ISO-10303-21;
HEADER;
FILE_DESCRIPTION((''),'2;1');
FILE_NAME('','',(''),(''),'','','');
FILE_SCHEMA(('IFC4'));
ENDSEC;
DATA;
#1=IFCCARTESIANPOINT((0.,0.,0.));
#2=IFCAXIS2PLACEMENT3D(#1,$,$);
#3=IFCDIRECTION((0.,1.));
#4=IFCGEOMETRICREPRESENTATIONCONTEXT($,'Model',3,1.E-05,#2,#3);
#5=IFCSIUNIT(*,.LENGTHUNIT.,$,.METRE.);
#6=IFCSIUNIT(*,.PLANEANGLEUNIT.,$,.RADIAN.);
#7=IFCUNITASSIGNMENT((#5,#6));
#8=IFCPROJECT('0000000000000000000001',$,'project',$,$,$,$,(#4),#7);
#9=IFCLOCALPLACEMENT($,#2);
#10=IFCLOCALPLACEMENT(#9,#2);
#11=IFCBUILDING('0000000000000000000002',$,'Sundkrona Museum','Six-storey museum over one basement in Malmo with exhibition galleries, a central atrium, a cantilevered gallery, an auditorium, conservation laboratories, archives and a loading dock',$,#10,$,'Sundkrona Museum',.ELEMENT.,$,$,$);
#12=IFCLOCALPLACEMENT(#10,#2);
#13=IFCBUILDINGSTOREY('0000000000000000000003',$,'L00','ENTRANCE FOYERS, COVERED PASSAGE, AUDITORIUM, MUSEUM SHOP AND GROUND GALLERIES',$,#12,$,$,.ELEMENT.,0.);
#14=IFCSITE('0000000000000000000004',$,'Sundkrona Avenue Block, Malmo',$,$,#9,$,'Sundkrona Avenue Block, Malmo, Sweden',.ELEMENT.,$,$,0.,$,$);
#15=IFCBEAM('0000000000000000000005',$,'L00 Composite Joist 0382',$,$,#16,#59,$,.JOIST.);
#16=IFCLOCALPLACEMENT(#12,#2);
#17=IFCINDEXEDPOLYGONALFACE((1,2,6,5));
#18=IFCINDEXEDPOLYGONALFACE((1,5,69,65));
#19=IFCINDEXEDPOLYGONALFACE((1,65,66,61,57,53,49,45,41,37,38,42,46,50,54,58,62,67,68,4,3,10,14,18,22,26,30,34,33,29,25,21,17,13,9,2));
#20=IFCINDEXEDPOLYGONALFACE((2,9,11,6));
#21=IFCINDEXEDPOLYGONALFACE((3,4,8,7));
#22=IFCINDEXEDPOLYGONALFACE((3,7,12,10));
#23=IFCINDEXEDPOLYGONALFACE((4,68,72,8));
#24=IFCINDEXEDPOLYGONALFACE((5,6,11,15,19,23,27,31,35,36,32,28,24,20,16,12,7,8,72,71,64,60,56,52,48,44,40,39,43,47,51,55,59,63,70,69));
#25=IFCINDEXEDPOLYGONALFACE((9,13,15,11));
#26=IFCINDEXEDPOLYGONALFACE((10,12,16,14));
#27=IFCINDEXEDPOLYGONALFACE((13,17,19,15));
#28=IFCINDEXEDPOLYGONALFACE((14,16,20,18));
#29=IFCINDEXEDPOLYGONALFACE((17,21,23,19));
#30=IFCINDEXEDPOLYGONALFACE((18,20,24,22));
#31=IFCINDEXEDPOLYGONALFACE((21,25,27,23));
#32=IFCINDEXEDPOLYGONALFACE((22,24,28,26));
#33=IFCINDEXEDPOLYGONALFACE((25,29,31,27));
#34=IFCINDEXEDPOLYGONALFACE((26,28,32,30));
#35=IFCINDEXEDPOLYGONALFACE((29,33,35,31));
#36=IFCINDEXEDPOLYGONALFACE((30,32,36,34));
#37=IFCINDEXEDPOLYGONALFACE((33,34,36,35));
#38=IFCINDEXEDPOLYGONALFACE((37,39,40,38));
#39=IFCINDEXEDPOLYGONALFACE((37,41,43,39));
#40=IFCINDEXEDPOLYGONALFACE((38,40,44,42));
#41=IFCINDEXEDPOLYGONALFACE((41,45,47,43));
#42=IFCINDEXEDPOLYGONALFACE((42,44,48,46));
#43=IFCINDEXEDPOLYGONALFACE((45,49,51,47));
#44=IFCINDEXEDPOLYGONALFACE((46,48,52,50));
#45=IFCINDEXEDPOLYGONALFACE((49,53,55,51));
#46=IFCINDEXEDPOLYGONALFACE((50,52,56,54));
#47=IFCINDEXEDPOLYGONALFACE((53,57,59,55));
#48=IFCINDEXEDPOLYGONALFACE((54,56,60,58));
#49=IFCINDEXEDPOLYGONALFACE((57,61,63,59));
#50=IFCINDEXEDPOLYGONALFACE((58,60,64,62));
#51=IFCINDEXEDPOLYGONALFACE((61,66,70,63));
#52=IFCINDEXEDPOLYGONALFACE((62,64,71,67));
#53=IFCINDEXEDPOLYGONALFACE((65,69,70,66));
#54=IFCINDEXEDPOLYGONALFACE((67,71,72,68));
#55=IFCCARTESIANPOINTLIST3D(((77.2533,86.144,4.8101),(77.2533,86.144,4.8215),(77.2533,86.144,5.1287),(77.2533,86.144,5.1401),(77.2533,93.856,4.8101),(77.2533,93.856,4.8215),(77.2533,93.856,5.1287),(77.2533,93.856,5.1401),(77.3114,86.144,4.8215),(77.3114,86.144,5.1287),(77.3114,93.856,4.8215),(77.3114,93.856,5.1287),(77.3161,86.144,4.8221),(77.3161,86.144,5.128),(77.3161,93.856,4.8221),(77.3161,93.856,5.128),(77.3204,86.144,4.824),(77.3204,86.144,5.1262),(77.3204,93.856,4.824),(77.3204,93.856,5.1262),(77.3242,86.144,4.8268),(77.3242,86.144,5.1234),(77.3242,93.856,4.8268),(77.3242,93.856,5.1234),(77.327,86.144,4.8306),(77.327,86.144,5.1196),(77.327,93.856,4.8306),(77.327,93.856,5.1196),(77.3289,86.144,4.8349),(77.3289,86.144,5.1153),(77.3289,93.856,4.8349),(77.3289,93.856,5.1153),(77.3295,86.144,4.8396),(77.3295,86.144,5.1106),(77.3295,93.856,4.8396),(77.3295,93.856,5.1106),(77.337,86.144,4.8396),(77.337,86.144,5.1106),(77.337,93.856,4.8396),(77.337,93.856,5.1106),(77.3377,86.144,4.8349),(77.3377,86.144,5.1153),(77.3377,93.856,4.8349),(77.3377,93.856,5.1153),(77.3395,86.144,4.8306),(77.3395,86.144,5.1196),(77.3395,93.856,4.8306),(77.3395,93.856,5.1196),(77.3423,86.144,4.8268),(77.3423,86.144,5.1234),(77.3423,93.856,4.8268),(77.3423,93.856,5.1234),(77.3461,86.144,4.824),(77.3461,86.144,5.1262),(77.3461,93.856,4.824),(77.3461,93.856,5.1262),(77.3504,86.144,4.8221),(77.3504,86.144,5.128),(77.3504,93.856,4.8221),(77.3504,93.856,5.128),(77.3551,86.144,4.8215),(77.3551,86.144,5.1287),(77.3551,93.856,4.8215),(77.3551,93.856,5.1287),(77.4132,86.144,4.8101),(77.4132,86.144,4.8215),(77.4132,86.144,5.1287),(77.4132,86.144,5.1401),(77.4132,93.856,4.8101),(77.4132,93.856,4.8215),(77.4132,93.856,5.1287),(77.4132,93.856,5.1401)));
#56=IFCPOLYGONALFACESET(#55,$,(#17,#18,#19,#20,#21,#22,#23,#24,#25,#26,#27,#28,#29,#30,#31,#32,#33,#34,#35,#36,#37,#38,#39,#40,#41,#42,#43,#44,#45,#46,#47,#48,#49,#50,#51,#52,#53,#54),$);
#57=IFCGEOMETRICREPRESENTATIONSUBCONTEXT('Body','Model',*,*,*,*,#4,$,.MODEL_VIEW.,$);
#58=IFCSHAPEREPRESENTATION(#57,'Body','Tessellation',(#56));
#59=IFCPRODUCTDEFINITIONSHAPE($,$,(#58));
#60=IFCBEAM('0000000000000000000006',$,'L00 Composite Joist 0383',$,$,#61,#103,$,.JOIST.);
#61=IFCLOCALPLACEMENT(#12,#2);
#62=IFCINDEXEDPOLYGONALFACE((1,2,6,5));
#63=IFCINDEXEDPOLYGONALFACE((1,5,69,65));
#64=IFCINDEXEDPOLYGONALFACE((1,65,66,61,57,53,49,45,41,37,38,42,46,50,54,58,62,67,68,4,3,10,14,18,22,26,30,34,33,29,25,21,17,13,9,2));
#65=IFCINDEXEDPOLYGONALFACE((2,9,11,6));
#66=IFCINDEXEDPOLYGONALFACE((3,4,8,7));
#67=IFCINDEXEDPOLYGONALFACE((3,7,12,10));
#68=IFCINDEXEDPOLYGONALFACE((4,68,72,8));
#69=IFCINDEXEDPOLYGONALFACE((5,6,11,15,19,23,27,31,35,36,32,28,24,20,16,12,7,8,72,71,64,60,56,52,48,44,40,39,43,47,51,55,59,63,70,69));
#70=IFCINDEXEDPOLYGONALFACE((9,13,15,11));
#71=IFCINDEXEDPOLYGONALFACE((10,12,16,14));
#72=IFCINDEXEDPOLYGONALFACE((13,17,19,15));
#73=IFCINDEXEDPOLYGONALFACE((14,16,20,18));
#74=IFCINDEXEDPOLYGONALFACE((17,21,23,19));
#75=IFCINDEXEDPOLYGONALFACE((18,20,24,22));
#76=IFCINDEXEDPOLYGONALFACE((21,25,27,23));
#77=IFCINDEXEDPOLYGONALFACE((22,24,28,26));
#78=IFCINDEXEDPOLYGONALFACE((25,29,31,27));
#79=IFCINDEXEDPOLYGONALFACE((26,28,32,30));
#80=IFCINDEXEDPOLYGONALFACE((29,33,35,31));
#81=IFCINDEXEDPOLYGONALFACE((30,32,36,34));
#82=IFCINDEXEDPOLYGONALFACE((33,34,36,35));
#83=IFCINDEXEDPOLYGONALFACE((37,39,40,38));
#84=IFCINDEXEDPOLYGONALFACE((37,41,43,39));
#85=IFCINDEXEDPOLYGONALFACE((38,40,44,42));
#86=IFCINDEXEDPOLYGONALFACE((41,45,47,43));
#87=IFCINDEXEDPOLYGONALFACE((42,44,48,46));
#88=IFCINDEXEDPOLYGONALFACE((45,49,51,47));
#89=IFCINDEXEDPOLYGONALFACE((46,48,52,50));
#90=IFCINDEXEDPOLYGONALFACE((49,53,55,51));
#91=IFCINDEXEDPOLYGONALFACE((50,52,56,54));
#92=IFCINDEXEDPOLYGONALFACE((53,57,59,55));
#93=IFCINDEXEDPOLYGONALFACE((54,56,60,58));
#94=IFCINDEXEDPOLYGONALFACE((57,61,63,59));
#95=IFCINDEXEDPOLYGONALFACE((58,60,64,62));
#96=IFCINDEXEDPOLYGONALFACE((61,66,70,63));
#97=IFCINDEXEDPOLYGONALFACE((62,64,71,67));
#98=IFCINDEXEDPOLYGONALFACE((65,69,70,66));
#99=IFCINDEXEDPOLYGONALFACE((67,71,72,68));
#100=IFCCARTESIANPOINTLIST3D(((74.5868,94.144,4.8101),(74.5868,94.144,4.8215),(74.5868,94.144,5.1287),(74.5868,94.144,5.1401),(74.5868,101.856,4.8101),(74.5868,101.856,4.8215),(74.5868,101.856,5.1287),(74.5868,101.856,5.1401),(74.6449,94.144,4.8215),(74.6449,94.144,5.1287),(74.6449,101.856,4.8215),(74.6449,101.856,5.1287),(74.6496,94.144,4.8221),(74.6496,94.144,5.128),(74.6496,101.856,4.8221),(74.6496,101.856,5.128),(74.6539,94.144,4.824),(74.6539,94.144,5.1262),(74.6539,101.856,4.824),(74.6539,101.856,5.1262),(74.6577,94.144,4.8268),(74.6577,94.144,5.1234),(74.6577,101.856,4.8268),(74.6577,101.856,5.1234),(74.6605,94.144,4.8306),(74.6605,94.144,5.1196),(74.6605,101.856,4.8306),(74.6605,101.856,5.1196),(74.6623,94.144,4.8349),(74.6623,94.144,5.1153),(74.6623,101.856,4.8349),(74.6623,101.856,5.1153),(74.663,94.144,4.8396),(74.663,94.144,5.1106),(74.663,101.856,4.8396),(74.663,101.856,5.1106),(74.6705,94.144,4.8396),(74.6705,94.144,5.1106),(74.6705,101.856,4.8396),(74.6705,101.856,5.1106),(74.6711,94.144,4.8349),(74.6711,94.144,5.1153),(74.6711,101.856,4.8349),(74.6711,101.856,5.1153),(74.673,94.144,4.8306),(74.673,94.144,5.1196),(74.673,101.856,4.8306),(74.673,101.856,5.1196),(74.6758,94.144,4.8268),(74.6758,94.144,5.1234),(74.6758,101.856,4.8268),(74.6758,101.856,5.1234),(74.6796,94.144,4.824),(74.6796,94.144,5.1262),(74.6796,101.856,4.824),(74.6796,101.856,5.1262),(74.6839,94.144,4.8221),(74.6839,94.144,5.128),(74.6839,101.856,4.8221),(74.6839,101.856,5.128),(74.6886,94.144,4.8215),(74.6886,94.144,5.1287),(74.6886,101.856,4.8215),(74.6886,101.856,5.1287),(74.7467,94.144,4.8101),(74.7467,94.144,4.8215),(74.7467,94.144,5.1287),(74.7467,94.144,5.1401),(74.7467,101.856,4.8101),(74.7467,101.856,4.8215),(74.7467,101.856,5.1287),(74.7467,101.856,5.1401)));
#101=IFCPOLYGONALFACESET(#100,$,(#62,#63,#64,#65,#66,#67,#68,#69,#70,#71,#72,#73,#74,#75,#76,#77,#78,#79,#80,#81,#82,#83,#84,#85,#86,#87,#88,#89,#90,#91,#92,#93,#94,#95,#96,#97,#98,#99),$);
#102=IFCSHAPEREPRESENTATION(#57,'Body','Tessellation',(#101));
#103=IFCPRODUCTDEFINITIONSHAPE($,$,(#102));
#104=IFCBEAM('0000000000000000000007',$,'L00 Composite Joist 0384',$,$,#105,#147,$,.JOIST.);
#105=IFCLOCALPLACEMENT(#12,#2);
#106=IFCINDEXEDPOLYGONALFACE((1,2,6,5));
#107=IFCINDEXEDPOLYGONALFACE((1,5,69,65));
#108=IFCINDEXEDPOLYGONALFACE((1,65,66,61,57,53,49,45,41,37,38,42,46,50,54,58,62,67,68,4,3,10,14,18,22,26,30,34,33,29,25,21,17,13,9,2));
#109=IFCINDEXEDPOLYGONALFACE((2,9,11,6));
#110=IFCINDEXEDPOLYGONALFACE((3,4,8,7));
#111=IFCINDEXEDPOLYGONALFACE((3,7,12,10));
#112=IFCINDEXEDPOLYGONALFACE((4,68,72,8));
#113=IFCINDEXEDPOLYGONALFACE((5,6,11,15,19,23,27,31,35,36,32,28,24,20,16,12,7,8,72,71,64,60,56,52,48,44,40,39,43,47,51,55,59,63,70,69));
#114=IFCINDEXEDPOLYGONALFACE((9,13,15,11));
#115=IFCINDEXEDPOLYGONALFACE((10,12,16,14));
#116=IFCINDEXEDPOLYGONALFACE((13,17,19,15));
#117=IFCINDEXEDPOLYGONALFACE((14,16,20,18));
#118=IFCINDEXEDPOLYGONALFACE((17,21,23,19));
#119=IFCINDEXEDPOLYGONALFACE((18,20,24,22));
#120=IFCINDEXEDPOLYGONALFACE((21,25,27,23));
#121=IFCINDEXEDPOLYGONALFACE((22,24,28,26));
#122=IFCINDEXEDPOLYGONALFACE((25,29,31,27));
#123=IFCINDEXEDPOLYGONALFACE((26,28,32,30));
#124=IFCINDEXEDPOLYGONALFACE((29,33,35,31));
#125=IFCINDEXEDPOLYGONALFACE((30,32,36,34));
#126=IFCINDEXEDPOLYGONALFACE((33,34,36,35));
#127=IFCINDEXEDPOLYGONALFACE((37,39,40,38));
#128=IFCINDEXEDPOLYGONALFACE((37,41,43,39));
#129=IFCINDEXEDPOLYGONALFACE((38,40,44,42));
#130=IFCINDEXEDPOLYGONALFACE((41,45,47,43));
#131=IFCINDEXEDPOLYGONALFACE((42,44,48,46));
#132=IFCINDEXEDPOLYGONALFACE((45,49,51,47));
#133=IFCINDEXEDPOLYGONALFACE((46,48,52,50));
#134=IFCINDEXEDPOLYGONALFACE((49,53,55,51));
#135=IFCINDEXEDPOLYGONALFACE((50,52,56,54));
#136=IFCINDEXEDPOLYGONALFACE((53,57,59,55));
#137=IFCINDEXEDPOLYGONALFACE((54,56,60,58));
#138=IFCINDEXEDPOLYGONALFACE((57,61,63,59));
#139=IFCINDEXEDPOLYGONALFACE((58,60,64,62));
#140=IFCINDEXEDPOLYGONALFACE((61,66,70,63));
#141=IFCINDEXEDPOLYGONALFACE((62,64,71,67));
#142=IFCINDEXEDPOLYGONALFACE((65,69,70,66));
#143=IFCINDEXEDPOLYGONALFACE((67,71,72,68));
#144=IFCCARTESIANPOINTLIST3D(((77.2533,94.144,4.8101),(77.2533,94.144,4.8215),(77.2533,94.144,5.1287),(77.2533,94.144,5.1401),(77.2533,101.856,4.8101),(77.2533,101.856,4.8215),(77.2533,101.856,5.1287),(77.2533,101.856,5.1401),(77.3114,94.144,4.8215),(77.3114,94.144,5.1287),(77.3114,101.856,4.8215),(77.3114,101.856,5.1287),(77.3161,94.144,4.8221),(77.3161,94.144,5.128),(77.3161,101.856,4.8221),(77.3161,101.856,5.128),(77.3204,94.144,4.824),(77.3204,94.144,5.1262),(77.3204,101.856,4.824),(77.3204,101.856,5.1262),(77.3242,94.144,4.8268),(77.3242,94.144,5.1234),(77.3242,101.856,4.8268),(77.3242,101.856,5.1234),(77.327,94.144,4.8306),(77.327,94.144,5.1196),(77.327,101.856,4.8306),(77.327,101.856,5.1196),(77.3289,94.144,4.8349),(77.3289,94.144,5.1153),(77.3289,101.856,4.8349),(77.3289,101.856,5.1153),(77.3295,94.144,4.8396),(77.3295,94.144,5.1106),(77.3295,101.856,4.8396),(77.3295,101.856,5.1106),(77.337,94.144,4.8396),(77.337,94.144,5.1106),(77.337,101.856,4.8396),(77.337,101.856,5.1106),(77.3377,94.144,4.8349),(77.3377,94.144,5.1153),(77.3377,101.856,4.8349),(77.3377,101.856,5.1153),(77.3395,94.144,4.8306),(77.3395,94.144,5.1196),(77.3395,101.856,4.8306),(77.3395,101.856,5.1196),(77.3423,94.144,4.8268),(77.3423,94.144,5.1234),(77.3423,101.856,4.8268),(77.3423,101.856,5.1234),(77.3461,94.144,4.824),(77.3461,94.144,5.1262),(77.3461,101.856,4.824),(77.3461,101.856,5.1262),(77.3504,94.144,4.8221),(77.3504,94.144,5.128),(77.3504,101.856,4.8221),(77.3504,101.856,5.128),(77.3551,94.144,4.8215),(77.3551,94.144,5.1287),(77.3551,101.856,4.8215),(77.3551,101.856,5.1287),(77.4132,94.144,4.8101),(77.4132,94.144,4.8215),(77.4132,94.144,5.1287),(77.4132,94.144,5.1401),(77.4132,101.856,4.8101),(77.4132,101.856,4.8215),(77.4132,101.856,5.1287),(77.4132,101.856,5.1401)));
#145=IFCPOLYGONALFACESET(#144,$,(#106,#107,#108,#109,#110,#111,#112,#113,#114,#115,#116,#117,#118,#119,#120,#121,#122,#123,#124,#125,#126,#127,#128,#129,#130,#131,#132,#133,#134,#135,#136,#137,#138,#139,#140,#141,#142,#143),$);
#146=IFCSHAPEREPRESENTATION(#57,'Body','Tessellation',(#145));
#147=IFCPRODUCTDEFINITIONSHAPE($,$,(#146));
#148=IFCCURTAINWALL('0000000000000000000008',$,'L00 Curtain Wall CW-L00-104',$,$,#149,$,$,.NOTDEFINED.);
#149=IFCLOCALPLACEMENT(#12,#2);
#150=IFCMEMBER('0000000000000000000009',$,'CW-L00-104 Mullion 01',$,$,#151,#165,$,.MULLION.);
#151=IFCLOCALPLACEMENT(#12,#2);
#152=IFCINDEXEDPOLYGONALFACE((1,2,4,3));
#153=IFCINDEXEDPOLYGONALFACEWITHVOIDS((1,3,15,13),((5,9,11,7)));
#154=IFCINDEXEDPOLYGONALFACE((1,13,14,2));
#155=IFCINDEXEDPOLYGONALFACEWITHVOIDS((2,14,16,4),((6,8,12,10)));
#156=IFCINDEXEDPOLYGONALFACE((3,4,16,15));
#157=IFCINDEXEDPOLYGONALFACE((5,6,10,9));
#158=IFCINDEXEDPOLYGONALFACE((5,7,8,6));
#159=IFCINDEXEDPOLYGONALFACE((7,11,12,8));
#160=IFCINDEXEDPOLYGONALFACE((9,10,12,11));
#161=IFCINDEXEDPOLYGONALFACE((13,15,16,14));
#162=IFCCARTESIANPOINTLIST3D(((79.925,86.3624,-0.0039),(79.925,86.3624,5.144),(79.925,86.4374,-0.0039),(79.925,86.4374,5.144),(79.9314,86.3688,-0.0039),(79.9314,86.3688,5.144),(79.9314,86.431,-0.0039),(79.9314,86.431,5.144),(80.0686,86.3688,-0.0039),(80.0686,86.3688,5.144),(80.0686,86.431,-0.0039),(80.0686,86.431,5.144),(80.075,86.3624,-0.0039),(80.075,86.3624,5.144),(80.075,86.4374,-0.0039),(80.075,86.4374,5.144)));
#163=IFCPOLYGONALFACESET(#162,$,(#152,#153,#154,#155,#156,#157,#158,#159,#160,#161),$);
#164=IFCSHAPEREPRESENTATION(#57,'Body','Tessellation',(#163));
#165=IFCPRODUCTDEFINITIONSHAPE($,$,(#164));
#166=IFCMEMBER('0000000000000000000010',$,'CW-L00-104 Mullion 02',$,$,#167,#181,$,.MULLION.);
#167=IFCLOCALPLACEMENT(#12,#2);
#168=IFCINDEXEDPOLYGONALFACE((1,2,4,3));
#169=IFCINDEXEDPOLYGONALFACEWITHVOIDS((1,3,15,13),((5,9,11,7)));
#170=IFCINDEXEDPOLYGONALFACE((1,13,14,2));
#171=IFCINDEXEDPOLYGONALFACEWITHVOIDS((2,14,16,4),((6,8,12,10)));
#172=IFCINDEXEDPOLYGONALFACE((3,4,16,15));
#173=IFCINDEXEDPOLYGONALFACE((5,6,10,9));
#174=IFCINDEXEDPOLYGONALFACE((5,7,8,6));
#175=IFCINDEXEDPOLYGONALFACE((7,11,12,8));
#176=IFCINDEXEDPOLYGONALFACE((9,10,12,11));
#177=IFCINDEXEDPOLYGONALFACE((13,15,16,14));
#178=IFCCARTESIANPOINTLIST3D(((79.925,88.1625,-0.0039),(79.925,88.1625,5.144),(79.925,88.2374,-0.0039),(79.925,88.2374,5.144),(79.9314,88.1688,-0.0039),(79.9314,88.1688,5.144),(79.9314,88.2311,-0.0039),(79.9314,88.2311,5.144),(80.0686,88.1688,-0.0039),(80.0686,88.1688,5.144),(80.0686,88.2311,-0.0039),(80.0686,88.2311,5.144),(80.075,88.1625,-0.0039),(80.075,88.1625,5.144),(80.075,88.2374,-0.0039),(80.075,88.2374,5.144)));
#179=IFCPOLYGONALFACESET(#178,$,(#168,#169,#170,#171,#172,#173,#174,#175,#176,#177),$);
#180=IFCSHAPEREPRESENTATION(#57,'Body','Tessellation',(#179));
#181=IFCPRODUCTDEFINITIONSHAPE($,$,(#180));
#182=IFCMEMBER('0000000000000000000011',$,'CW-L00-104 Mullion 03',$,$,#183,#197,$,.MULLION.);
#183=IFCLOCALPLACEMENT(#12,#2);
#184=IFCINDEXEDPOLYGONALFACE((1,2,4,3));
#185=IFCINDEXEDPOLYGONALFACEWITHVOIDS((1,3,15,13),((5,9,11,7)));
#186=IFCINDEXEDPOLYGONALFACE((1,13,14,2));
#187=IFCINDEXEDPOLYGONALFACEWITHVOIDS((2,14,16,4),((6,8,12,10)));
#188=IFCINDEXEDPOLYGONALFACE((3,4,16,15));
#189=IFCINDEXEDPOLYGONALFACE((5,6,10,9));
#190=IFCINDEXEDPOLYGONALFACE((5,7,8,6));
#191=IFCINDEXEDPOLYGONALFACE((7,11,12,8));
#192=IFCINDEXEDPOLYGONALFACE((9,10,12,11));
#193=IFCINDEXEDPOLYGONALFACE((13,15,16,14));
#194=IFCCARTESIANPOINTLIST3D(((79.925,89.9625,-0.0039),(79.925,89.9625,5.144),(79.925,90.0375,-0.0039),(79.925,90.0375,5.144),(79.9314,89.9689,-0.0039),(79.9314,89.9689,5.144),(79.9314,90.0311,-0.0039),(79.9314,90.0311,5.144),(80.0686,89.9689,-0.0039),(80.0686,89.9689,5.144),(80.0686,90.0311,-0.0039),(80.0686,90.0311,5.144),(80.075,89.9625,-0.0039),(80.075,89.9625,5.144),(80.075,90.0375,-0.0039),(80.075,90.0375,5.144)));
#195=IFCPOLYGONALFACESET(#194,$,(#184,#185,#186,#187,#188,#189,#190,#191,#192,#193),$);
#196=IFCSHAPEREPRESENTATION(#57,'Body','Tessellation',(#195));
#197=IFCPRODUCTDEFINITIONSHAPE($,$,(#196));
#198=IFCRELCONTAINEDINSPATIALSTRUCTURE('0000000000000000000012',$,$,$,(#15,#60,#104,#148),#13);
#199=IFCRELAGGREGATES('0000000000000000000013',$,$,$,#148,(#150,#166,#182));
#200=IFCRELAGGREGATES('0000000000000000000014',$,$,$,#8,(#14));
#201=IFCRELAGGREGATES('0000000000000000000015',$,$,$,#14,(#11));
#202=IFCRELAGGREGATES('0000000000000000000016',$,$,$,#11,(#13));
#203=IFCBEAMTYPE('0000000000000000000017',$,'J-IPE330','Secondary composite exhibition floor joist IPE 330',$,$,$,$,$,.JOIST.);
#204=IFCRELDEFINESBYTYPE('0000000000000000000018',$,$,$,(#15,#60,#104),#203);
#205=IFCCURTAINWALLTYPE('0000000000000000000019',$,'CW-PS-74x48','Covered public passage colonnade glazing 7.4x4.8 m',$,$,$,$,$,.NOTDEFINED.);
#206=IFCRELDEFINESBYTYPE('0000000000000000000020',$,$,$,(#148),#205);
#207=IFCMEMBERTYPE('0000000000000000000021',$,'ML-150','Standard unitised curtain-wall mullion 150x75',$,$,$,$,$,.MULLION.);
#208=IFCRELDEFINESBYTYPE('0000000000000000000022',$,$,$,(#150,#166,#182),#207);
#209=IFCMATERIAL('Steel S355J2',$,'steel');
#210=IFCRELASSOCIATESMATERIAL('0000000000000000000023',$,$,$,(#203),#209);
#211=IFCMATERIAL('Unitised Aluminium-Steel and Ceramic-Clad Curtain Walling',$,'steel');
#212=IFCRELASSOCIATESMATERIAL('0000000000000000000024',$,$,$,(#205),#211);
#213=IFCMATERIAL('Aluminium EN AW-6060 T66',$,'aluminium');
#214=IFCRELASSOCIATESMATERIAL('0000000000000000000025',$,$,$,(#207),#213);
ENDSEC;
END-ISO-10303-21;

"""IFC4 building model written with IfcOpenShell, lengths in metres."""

from ifc_helpers import new_model, si_unit, direction, frame, origin, origin_2d, place, context, subcontext, project, spatial, hollow_rectangle, i_section, extrude, material, material_profile, profile_set, type_object, element, aggregate, save


model = new_model("IFC4")

# Units and contexts
model_context = context("Model", 3, precision=1e-05, world=origin(), true_north=direction((0.0, 1.0)))
body_context = subcontext(model_context, "Body", "Model", "MODEL_VIEW")
ifc_project = project(units=[si_unit("LENGTHUNIT", "METRE"), si_unit("PLANEANGLEUNIT", "RADIAN")], contexts=[model_context])

# Site, building, storey
site_placement = place(None, origin())
site = spatial("IfcSite", under=ifc_project, at=site_placement, Name="Sundkrona Avenue Block, Malmo", LongName="Sundkrona Avenue Block, Malmo, Sweden", CompositionType="ELEMENT", RefElevation=0.0)
building_placement = place(site_placement, origin())
building = spatial("IfcBuilding", under=site, at=building_placement, Name="Sundkrona Museum", Description="Six-storey museum over one basement in Malmo with exhibition galleries, a central atrium, a cantilevered gallery, an auditorium, conservation laboratories, archives and a loading dock", LongName="Sundkrona Museum", CompositionType="ELEMENT")
storey_placement = place(building_placement, origin())
storey = spatial("IfcBuildingStorey", under=building, at=storey_placement, Name="L00", Description="ENTRANCE FOYERS, COVERED PASSAGE, AUDITORIUM, MUSEUM SHOP AND GROUND GALLERIES", CompositionType="ELEMENT", Elevation=0.0)

# Shared definitions
ifc_material_1 = material(Name="Steel S355J2", Category="steel")

# Beams
ifc_material_profile_1 = material_profile(ifc_material_1, i_section(OverallWidth=0.1599, OverallDepth=0.3301, WebThickness=0.0076, FlangeThickness=0.0115, FilletRadius=0.0181, at=origin_2d()), Name="IPE 330")
ifc_profile_set_1 = profile_set([ifc_material_profile_1], Name="Steel S355J2")
beam_type_1 = type_object("IfcBeamType", Name="J-IPE330", Description="Secondary composite exhibition floor joist IPE 330", PredefinedType="JOIST", material=ifc_profile_set_1)
for number, where, z_axis, x_axis, name in (
    (1, (77.3333, 86.144, 4.9751), (0.0, 1.0, 0.0), (-1.0, 0.0, 0.0), "L00 Composite Joist 0382"),
    (2, (74.6667, 94.144, 4.9751), (0.0, 1.0, 0.0), (-1.0, 0.0, 0.0), "L00 Composite Joist 0383"),
    (3, (77.3333, 94.144, 4.9751), (0.0, 1.0, 0.0), (-1.0, 0.0, 0.0), "L00 Composite Joist 0384"),
):
    element("IfcBeam", number, at=place(storey_placement, frame(where, z_axis=z_axis, x_axis=x_axis)), inside=storey, type_object=beam_type_1, Name=name, PredefinedType="JOIST", context=body_context, shape_type="SweptSolid", body=[
        extrude(i_section(OverallWidth=0.1599, OverallDepth=0.3301, WebThickness=0.0076, FlangeThickness=0.0115, FilletRadius=0.0181, at=origin_2d()), origin(), (0.0, 0.0, 1.0), 7.7119),
    ])

# Curtain wall, members
ifc_material_2 = material(Name="Unitised Aluminium-Steel and Ceramic-Clad Curtain Walling", Category="steel")
curtain_wall_type = type_object("IfcCurtainWallType", Name="CW-PS-74x48", Description="Covered public passage colonnade glazing 7.4x4.8 m", PredefinedType="NOTDEFINED", material=ifc_material_2)
curtain_wall_placement = place(storey_placement, origin())
curtain_wall = element("IfcCurtainWall", 4, at=curtain_wall_placement, inside=storey, type_object=curtain_wall_type, Name="L00 Curtain Wall CW-L00-104", PredefinedType="NOTDEFINED")
ifc_material_3 = material(Name="Aluminium EN AW-6060 T66", Category="aluminium")
ifc_material_profile_2 = material_profile(ifc_material_3, hollow_rectangle(XDim=0.075, YDim=0.1499, WallThickness=0.0063, at=origin_2d()), Name="RHS 150x75x6.3")
ifc_profile_set_2 = profile_set([ifc_material_profile_2], Name="Aluminium EN AW-6060 T66")
member_type_1 = type_object("IfcMemberType", Name="ML-150", Description="Standard unitised curtain-wall mullion 150x75", PredefinedType="MULLION", material=ifc_profile_set_2)
member_1_placement = place(storey_placement, frame((80.0, 86.3999, -0.0039), z_axis=(0.0, 0.0, 1.0), x_axis=(0.0, 1.0, 0.0)))
member_1 = element("IfcMember", 5, at=member_1_placement, type_object=member_type_1, Name="CW-L00-104 Mullion 01", PredefinedType="MULLION", context=body_context, shape_type="SweptSolid", body=[
    extrude(hollow_rectangle(XDim=0.075, YDim=0.1499, WallThickness=0.0063, at=origin_2d()), origin(), (0.0, 0.0, 1.0), 5.1479),
])
member_2_placement = place(storey_placement, frame((80.0, 88.2, -0.0039), z_axis=(0.0, 0.0, 1.0), x_axis=(0.0, 1.0, 0.0)))
member_2 = element("IfcMember", 6, at=member_2_placement, type_object=member_type_1, Name="CW-L00-104 Mullion 02", PredefinedType="MULLION", context=body_context, shape_type="SweptSolid", body=[
    extrude(hollow_rectangle(XDim=0.075, YDim=0.1499, WallThickness=0.0063, at=origin_2d()), origin(), (0.0, 0.0, 1.0), 5.1479),
])
member_3_placement = place(storey_placement, frame((80.0, 90.0, -0.0039), z_axis=(0.0, 0.0, 1.0), x_axis=(0.0, 1.0, 0.0)))
member_3 = element("IfcMember", 7, at=member_3_placement, type_object=member_type_1, Name="CW-L00-104 Mullion 03", PredefinedType="MULLION", context=body_context, shape_type="SweptSolid", body=[
    extrude(hollow_rectangle(XDim=0.075, YDim=0.1499, WallThickness=0.0063, at=origin_2d()), origin(), (0.0, 0.0, 1.0), 5.1479),
])
aggregate(curtain_wall, [member_1, member_2, member_3])

save(model, "model.ifc")
